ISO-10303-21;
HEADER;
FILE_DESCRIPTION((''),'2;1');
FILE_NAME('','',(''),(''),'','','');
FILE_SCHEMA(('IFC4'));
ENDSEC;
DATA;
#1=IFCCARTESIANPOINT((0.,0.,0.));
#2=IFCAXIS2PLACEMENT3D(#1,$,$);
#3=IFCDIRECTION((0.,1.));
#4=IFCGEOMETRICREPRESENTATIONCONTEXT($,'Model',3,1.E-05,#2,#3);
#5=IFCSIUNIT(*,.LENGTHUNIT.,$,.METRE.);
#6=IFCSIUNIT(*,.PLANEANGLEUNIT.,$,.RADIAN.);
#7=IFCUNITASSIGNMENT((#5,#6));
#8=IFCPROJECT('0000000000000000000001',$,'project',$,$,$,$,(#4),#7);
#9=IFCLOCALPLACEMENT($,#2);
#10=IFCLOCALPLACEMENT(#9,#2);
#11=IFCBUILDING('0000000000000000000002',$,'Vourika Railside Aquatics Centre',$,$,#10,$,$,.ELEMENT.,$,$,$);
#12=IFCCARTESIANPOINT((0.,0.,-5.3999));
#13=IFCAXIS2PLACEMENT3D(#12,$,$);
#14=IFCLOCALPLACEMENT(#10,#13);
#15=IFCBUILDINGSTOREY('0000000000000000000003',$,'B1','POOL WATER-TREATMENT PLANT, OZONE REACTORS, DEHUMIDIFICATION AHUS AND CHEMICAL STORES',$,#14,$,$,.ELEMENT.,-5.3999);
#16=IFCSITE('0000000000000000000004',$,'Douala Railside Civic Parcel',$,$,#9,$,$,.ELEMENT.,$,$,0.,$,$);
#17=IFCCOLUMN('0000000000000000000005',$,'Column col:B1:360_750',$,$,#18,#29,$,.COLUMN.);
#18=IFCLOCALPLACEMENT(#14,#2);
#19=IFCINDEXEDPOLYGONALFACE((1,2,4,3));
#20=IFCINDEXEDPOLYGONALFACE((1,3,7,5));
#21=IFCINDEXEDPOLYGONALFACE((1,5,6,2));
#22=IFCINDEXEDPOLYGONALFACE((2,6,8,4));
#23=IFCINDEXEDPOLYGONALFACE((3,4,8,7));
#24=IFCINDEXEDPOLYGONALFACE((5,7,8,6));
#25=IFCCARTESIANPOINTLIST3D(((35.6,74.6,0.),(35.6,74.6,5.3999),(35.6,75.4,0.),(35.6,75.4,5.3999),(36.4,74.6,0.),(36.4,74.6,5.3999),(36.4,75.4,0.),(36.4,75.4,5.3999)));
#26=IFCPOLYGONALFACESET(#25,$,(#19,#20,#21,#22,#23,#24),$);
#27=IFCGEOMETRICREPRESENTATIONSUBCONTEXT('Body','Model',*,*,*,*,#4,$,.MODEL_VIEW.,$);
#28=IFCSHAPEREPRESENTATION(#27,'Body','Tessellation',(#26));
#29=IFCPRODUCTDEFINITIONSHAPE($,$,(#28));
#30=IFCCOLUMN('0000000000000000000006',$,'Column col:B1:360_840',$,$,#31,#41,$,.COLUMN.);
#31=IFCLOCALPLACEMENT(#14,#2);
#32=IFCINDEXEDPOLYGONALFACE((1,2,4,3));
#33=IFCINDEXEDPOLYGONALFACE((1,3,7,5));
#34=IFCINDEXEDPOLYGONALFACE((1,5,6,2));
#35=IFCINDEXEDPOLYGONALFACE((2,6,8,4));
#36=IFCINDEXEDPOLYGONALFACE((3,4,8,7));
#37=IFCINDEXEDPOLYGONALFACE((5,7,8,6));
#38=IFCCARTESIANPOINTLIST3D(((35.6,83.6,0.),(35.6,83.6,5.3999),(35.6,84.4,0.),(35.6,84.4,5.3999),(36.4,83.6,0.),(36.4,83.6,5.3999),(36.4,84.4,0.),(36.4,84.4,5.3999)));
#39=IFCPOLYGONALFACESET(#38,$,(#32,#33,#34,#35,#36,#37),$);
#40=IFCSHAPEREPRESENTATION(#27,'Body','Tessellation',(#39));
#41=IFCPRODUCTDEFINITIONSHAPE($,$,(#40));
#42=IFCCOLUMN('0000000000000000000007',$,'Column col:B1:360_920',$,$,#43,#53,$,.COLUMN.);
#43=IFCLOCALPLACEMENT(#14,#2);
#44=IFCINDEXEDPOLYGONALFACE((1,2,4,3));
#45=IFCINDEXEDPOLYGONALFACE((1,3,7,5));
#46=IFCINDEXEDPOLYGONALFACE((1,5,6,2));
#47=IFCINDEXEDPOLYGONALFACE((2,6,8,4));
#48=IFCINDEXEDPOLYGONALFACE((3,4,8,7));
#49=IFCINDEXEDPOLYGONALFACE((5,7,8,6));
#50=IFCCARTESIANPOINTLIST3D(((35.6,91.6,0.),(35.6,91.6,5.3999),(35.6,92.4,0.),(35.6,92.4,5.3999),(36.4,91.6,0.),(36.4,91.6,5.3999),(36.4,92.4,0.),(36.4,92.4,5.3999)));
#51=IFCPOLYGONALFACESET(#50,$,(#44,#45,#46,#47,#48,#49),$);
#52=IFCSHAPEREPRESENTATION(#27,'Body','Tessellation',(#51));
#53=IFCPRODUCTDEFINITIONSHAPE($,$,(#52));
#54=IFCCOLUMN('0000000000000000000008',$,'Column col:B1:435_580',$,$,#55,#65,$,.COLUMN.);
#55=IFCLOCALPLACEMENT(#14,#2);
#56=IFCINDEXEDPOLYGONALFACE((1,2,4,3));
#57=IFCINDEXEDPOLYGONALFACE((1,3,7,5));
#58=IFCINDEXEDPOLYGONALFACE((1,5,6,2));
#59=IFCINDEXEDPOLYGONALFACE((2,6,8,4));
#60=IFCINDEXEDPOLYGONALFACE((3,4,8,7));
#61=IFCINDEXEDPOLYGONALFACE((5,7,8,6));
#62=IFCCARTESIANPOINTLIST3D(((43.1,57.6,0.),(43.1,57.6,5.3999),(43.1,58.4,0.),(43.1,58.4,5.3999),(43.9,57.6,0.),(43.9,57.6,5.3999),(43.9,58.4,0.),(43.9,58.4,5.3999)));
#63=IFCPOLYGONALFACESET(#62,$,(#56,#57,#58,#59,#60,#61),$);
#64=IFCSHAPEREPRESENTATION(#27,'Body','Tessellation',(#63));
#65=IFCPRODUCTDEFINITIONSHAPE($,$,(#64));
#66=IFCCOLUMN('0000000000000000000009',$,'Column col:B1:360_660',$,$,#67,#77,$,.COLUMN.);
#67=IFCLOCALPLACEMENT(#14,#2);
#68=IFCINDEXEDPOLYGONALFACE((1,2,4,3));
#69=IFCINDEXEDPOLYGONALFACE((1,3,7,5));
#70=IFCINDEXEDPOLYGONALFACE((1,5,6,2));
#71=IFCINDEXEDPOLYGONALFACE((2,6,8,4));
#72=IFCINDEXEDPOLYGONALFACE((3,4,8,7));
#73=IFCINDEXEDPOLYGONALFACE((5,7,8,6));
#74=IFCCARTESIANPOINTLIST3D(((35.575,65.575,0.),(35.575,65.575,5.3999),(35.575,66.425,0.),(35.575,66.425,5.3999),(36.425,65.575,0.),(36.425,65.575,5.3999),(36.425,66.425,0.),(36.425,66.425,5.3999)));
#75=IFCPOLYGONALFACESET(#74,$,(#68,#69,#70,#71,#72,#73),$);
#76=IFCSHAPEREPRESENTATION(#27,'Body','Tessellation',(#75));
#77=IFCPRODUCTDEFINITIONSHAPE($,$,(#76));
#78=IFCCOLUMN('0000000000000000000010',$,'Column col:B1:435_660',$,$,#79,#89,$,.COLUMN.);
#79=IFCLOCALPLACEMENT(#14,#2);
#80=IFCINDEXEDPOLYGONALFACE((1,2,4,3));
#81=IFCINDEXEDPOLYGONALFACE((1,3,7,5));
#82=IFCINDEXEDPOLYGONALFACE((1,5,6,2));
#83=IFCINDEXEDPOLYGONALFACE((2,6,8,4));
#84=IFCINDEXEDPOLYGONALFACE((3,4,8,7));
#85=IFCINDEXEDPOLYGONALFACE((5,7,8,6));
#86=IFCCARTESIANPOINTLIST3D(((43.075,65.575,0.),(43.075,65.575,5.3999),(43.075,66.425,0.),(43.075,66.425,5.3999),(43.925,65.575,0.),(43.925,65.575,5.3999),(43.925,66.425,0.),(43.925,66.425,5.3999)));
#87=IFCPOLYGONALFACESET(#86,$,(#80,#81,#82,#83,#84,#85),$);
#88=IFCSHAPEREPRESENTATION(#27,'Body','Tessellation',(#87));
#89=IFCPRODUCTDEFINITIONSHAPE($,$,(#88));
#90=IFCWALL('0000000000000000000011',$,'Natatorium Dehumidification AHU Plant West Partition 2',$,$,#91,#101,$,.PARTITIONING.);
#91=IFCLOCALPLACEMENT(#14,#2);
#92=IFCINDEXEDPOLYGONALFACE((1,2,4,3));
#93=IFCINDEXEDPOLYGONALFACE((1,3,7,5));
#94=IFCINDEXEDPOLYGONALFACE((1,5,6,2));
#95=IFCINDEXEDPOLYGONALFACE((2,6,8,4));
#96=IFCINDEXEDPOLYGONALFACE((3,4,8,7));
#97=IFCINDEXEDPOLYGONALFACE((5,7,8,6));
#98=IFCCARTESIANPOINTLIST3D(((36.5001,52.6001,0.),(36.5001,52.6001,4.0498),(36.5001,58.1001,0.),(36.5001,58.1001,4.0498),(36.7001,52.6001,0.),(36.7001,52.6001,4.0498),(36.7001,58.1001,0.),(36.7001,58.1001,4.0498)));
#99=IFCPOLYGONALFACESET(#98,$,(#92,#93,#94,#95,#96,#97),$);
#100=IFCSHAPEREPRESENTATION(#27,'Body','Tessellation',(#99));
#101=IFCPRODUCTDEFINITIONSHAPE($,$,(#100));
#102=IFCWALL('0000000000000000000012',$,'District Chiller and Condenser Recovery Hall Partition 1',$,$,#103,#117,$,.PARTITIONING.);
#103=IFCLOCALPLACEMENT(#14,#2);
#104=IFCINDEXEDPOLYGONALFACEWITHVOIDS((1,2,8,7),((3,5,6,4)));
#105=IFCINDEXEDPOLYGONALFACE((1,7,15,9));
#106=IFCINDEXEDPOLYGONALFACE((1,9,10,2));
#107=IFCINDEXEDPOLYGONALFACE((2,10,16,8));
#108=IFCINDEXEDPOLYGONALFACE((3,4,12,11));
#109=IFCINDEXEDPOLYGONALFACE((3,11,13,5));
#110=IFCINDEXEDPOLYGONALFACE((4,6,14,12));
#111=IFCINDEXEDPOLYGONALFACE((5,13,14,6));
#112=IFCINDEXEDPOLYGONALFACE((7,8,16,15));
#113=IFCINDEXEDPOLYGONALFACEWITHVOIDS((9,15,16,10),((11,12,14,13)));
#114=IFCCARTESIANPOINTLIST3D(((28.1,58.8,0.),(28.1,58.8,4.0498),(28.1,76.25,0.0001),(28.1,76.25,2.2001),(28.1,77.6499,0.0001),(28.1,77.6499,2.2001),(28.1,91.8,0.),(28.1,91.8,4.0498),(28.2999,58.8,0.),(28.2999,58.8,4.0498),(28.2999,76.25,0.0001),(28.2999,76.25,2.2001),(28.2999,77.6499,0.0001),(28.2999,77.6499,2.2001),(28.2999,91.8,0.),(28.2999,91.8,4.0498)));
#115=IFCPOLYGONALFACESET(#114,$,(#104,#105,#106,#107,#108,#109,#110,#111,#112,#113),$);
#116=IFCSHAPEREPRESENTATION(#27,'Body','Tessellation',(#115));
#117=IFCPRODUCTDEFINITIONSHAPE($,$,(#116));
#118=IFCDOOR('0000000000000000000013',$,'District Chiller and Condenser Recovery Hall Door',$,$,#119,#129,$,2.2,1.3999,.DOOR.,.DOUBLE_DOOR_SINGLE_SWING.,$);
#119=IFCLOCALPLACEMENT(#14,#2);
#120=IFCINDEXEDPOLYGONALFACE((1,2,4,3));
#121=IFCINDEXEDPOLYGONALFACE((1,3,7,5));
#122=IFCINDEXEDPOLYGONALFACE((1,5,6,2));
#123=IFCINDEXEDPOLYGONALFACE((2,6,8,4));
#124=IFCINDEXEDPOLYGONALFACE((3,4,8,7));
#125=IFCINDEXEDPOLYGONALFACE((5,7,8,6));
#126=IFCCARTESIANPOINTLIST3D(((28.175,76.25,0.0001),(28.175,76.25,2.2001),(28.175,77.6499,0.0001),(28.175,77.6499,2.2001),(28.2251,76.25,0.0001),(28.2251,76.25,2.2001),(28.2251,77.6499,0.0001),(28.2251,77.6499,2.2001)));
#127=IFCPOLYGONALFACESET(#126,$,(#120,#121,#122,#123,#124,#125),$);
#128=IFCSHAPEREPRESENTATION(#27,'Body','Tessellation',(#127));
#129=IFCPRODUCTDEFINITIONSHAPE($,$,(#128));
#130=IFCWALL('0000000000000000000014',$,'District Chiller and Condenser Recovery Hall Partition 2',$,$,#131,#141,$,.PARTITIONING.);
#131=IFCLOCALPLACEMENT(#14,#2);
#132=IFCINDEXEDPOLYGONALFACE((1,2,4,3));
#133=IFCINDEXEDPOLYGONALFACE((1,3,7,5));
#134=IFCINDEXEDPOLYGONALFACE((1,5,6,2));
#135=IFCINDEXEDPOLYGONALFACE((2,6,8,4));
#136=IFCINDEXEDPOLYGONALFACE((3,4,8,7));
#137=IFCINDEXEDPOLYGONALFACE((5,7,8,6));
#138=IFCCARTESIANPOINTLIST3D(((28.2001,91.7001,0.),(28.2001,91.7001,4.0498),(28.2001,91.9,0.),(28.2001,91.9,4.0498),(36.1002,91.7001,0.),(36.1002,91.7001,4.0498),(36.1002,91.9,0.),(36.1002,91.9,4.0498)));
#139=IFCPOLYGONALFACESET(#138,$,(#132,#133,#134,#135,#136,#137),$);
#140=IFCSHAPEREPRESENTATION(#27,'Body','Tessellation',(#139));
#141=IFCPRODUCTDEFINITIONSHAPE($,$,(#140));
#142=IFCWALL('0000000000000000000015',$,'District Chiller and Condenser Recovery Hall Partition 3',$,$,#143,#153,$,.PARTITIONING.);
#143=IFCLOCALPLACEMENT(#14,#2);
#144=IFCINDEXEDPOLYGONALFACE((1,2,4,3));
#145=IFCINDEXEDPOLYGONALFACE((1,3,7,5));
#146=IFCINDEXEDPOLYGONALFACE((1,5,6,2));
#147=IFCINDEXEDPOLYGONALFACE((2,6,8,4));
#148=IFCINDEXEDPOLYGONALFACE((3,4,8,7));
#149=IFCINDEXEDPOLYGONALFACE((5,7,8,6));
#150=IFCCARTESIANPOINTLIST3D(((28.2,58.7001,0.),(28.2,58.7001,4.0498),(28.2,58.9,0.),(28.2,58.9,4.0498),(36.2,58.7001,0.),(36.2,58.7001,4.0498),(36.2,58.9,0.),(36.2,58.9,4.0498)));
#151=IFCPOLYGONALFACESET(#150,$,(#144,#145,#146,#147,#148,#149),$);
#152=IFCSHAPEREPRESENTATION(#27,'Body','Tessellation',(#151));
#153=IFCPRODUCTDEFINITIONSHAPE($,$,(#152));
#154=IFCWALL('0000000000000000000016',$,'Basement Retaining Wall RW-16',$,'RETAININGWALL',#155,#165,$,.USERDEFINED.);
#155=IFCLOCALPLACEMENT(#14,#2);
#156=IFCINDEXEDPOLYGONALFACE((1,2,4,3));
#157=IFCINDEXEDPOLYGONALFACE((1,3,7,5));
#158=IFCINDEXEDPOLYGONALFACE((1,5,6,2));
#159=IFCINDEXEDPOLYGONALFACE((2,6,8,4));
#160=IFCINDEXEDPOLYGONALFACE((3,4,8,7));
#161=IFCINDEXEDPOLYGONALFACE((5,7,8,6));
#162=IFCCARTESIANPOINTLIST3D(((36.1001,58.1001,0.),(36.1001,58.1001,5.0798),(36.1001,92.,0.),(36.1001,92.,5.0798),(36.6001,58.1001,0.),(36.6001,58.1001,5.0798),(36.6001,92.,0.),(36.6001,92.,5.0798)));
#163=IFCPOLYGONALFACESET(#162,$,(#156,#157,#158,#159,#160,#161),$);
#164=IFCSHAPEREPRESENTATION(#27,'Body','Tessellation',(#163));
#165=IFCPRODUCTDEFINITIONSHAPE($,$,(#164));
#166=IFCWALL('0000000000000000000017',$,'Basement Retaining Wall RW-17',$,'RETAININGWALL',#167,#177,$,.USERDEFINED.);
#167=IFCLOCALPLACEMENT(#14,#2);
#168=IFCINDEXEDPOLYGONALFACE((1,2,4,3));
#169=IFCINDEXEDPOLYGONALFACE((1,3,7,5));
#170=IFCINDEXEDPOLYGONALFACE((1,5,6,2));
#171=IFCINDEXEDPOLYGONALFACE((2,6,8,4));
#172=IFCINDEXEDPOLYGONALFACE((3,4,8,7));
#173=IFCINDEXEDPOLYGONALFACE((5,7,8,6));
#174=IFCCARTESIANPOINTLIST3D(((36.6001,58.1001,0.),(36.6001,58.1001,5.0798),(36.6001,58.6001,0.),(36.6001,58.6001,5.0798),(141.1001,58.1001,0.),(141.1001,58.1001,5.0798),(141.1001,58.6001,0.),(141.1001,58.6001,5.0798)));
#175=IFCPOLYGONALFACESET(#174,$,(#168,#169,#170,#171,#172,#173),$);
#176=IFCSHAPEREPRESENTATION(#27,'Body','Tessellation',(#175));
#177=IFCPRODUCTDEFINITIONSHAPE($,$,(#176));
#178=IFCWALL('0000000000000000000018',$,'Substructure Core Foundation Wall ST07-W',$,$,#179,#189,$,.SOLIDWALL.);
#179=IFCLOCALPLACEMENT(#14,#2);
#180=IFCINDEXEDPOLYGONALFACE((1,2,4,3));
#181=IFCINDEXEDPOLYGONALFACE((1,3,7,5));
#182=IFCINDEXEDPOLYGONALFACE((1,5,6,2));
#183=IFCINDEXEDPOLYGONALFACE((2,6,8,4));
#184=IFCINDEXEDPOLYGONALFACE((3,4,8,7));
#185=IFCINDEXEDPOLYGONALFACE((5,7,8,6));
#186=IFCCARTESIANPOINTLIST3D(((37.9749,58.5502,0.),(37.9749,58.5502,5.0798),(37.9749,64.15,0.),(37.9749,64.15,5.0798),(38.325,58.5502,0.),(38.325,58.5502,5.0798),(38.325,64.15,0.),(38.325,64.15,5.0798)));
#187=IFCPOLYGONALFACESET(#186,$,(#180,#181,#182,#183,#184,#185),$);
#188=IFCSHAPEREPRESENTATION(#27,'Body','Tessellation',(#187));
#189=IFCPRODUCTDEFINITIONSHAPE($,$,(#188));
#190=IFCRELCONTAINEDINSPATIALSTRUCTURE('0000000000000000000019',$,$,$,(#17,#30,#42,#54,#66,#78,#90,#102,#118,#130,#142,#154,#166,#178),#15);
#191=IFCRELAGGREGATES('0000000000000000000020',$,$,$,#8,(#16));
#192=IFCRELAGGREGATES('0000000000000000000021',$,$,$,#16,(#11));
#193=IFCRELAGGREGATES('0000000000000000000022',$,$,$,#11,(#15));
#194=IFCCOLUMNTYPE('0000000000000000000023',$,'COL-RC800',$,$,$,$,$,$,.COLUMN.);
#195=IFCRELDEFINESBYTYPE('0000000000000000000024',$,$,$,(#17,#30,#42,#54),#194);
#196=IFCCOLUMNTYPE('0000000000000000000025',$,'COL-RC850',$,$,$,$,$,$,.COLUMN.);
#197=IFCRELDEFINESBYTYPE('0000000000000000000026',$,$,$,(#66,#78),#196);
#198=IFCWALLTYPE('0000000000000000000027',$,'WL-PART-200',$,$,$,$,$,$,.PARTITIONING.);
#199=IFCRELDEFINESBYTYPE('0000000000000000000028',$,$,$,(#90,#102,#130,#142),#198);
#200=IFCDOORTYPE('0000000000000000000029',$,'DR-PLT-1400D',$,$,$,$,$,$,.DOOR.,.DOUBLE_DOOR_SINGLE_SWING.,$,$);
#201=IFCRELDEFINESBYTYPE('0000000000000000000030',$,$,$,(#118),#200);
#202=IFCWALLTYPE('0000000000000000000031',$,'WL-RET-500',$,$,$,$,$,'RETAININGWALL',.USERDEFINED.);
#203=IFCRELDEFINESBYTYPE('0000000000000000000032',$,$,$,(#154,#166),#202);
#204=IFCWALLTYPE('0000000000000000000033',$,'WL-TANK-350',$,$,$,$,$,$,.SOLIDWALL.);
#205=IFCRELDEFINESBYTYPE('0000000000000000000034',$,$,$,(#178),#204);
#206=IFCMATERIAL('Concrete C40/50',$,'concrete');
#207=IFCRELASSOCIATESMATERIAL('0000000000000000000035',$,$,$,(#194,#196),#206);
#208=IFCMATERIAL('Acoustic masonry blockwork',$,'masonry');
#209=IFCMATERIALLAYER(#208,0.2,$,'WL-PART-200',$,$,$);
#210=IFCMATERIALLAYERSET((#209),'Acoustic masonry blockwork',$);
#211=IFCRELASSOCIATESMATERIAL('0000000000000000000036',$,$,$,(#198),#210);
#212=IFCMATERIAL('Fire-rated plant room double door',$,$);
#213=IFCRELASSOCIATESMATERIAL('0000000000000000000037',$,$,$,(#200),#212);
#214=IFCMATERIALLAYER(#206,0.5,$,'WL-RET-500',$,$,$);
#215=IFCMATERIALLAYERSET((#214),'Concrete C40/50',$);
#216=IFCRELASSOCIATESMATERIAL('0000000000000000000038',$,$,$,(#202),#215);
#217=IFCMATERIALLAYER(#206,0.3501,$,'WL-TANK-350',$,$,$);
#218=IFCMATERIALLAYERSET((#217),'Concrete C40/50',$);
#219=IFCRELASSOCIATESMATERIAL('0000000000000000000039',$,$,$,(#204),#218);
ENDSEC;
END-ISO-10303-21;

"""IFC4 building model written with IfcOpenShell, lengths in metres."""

from ifc_helpers import new_model, si_unit, direction, frame, frame_2d, origin, origin_2d, place, context, subcontext, project, spatial, rectangle, extrude, material, layer, layer_set, material_profile, profile_set, type_object, element, fill, save


model = new_model("IFC4")

# Units and contexts
model_context = context("Model", 3, precision=1e-05, world=origin(), true_north=direction((0.0, 1.0)))
body_context = subcontext(model_context, "Body", "Model", "MODEL_VIEW")
ifc_project = project(units=[si_unit("LENGTHUNIT", "METRE"), si_unit("PLANEANGLEUNIT", "RADIAN")], contexts=[model_context])

# Site, building, storey
site_placement = place(None, origin())
site = spatial("IfcSite", under=ifc_project, at=site_placement, Name="Douala Railside Civic Parcel", CompositionType="ELEMENT", RefElevation=0.0)
building_placement = place(site_placement, origin())
building = spatial("IfcBuilding", under=site, at=building_placement, Name="Vourika Railside Aquatics Centre", CompositionType="ELEMENT")
storey_placement = place(building_placement, frame((0.0, 0.0, -5.3999)))
storey = spatial("IfcBuildingStorey", under=building, at=storey_placement, Name="B1", Description="POOL WATER-TREATMENT PLANT, OZONE REACTORS, DEHUMIDIFICATION AHUS AND CHEMICAL STORES", CompositionType="ELEMENT", Elevation=-5.3999)

# Shared definitions
ifc_material_1 = material(Name="Concrete C40/50", Category="concrete")

# Columns
ifc_material_profile_1 = material_profile(ifc_material_1, rectangle(XDim=0.8, YDim=0.8, at=origin_2d()), Name="RC 800x800")
ifc_profile_set_1 = profile_set([ifc_material_profile_1], Name="Concrete C40/50")
column_type_1 = type_object("IfcColumnType", Name="COL-RC800", PredefinedType="COLUMN", material=ifc_profile_set_1)
for number, where, z_axis, x_axis, name in (
    (1, (36.0, 75.0, 0.0), (0.0, 0.0, 1.0), (1.0, 0.0, 0.0), "Column col:B1:360_750"),
    (2, (36.0, 84.0, 0.0), (0.0, 0.0, 1.0), (1.0, 0.0, 0.0), "Column col:B1:360_840"),
    (3, (36.0, 92.0, 0.0), (0.0, 0.0, 1.0), (1.0, 0.0, 0.0), "Column col:B1:360_920"),
    (4, (43.5, 58.0, 0.0), (0.0, 0.0, 1.0), (1.0, 0.0, 0.0), "Column col:B1:435_580"),
):
    element("IfcColumn", number, at=place(storey_placement, frame(where, z_axis=z_axis, x_axis=x_axis)), inside=storey, type_object=column_type_1, Name=name, PredefinedType="COLUMN", context=body_context, shape_type="SweptSolid", body=[
        extrude(rectangle(XDim=0.8, YDim=0.8, at=origin_2d()), origin(), (0.0, 0.0, 1.0), 5.3999),
    ])
ifc_material_profile_2 = material_profile(ifc_material_1, rectangle(XDim=0.8501, YDim=0.8501, at=origin_2d()), Name="RC 850x850")
ifc_profile_set_2 = profile_set([ifc_material_profile_2], Name="Concrete C40/50")
column_type_2 = type_object("IfcColumnType", Name="COL-RC850", PredefinedType="COLUMN", material=ifc_profile_set_2)
for number, where, z_axis, x_axis, name in (
    (5, (36.0, 66.0, 0.0), (0.0, 0.0, 1.0), (1.0, 0.0, 0.0), "Column col:B1:360_660"),
    (6, (43.5, 66.0, 0.0), (0.0, 0.0, 1.0), (1.0, 0.0, 0.0), "Column col:B1:435_660"),
):
    element("IfcColumn", number, at=place(storey_placement, frame(where, z_axis=z_axis, x_axis=x_axis)), inside=storey, type_object=column_type_2, Name=name, PredefinedType="COLUMN", context=body_context, shape_type="SweptSolid", body=[
        extrude(rectangle(XDim=0.8501, YDim=0.8501, at=origin_2d()), origin(), (0.0, 0.0, 1.0), 5.3999),
    ])

# Wall
ifc_material_2 = material(Name="Acoustic masonry blockwork", Category="masonry")
ifc_layer_1 = layer(ifc_material_2, 0.2, Name="WL-PART-200")
ifc_layer_set_1 = layer_set([ifc_layer_1], Name="Acoustic masonry blockwork")
wall_type_1 = type_object("IfcWallType", Name="WL-PART-200", PredefinedType="PARTITIONING", material=ifc_layer_set_1)
wall_1_placement = place(storey_placement, frame((36.6001, 52.6001, 0.0), z_axis=(0.0, 0.0, 1.0), x_axis=(0.0, 1.0, 0.0)))
element("IfcWall", 7, at=wall_1_placement, inside=storey, type_object=wall_type_1, Name="Natatorium Dehumidification AHU Plant West Partition 2", PredefinedType="PARTITIONING", context=body_context, shape_type="SweptSolid", body=[
    extrude(rectangle(XDim=5.5, YDim=0.2, at=frame_2d((2.75, 0.0))), origin(), (0.0, 0.0, 1.0), 4.0498),
])

# Wall, opening, door
wall_2_placement = place(storey_placement, frame((28.2, 58.8, 0.0), z_axis=(0.0, 0.0, 1.0), x_axis=(0.0, 1.0, 0.0)))
wall_2 = element("IfcWall", 8, at=wall_2_placement, inside=storey, type_object=wall_type_1, Name="District Chiller and Condenser Recovery Hall Partition 1", PredefinedType="PARTITIONING", context=body_context, shape_type="SweptSolid", body=[
    extrude(rectangle(XDim=33.0, YDim=0.2, at=frame_2d((16.5, 0.0))), origin(), (0.0, 0.0, 1.0), 4.0498),
])
opening_placement = place(wall_2_placement, frame((17.45, 0.0, 0.0)))
opening = element("IfcOpeningElement", 9, at=opening_placement, cuts=wall_2, PredefinedType="OPENING", context=body_context, shape_type="SweptSolid", body=[
    extrude(rectangle(XDim=1.3999, YDim=2.2, at=frame_2d((0.7, 1.1001))), frame((0.0, 0.1099, 0.0), z_axis=(0.0, -1.0, 0.0), x_axis=(1.0, 0.0, 0.0)), (0.0, 0.0, 1.0), 0.22),
])
ifc_material_3 = material(Name="Fire-rated plant room double door")
door_type = type_object("IfcDoorType", Name="DR-PLT-1400D", OperationType="DOUBLE_DOOR_SINGLE_SWING", PredefinedType="DOOR", material=ifc_material_3)
door_placement = place(opening_placement, origin())
door = element("IfcDoor", 10, at=door_placement, inside=storey, type_object=door_type, Name="District Chiller and Condenser Recovery Hall Door", OperationType="DOUBLE_DOOR_SINGLE_SWING", OverallHeight=2.2, OverallWidth=1.3999, PredefinedType="DOOR", context=body_context, shape_type="SweptSolid", body=[
    extrude(rectangle(XDim=1.3999, YDim=2.2, at=frame_2d((0.7, 1.1001))), frame((0.0, 0.0249, 0.0), z_axis=(0.0, -1.0, 0.0), x_axis=(1.0, 0.0, 0.0)), (0.0, 0.0, 1.0), 0.05),
])
fill(opening, door)

# Walls
wall_3_placement = place(storey_placement, frame((28.2, 91.8, 0.0), z_axis=(0.0, 0.0, 1.0), x_axis=(1.0, 0.0, 0.0)))
element("IfcWall", 11, at=wall_3_placement, inside=storey, type_object=wall_type_1, Name="District Chiller and Condenser Recovery Hall Partition 2", PredefinedType="PARTITIONING", context=body_context, shape_type="SweptSolid", body=[
    extrude(rectangle(XDim=7.9001, YDim=0.2, at=frame_2d((3.9502, 0.0))), origin(), (0.0, 0.0, 1.0), 4.0498),
])
wall_4_placement = place(storey_placement, frame((36.2, 58.8, 0.0), z_axis=(0.0, 0.0, 1.0), x_axis=(-1.0, 0.0, 0.0)))
element("IfcWall", 12, at=wall_4_placement, inside=storey, type_object=wall_type_1, Name="District Chiller and Condenser Recovery Hall Partition 3", PredefinedType="PARTITIONING", context=body_context, shape_type="SweptSolid", body=[
    extrude(rectangle(XDim=8.0, YDim=0.2, at=frame_2d((4.0, 0.0))), origin(), (0.0, 0.0, 1.0), 4.0498),
])
ifc_layer_2 = layer(ifc_material_1, 0.5, Name="WL-RET-500")
ifc_layer_set_2 = layer_set([ifc_layer_2], Name="Concrete C40/50")
wall_type_2 = type_object("IfcWallType", Name="WL-RET-500", ElementType="RETAININGWALL", PredefinedType="USERDEFINED", material=ifc_layer_set_2)
wall_5_placement = place(storey_placement, frame((36.3501, 92.0, 0.0), z_axis=(0.0, 0.0, 1.0), x_axis=(0.0, -1.0, 0.0)))
element("IfcWall", 13, at=wall_5_placement, inside=storey, type_object=wall_type_2, Name="Basement Retaining Wall RW-16", ObjectType="RETAININGWALL", PredefinedType="USERDEFINED", context=body_context, shape_type="SweptSolid", body=[
    extrude(rectangle(XDim=33.8999, YDim=0.5, at=frame_2d((16.95, 0.0))), origin(), (0.0, 0.0, 1.0), 5.0798),
])
wall_6_placement = place(storey_placement, frame((36.6001, 58.3501, 0.0), z_axis=(0.0, 0.0, 1.0), x_axis=(1.0, 0.0, 0.0)))
element("IfcWall", 14, at=wall_6_placement, inside=storey, type_object=wall_type_2, Name="Basement Retaining Wall RW-17", ObjectType="RETAININGWALL", PredefinedType="USERDEFINED", context=body_context, shape_type="SweptSolid", body=[
    extrude(rectangle(XDim=104.5, YDim=0.5, at=frame_2d((52.25, 0.0))), origin(), (0.0, 0.0, 1.0), 5.0798),
])
ifc_layer_3 = layer(ifc_material_1, 0.3501, Name="WL-TANK-350")
ifc_layer_set_3 = layer_set([ifc_layer_3], Name="Concrete C40/50")
wall_type_3 = type_object("IfcWallType", Name="WL-TANK-350", PredefinedType="SOLIDWALL", material=ifc_layer_set_3)
wall_7_placement = place(storey_placement, frame((38.1499, 64.1499, 0.0), z_axis=(0.0, 0.0, 1.0), x_axis=(0.0, -1.0, 0.0)))
element("IfcWall", 15, at=wall_7_placement, inside=storey, type_object=wall_type_3, Name="Substructure Core Foundation Wall ST07-W", PredefinedType="SOLIDWALL", context=body_context, shape_type="SweptSolid", body=[
    extrude(rectangle(XDim=5.5999, YDim=0.3501, at=frame_2d((2.7998, 0.0))), origin(), (0.0, 0.0, 1.0), 5.0798),
])

save(model, "model.ifc")
